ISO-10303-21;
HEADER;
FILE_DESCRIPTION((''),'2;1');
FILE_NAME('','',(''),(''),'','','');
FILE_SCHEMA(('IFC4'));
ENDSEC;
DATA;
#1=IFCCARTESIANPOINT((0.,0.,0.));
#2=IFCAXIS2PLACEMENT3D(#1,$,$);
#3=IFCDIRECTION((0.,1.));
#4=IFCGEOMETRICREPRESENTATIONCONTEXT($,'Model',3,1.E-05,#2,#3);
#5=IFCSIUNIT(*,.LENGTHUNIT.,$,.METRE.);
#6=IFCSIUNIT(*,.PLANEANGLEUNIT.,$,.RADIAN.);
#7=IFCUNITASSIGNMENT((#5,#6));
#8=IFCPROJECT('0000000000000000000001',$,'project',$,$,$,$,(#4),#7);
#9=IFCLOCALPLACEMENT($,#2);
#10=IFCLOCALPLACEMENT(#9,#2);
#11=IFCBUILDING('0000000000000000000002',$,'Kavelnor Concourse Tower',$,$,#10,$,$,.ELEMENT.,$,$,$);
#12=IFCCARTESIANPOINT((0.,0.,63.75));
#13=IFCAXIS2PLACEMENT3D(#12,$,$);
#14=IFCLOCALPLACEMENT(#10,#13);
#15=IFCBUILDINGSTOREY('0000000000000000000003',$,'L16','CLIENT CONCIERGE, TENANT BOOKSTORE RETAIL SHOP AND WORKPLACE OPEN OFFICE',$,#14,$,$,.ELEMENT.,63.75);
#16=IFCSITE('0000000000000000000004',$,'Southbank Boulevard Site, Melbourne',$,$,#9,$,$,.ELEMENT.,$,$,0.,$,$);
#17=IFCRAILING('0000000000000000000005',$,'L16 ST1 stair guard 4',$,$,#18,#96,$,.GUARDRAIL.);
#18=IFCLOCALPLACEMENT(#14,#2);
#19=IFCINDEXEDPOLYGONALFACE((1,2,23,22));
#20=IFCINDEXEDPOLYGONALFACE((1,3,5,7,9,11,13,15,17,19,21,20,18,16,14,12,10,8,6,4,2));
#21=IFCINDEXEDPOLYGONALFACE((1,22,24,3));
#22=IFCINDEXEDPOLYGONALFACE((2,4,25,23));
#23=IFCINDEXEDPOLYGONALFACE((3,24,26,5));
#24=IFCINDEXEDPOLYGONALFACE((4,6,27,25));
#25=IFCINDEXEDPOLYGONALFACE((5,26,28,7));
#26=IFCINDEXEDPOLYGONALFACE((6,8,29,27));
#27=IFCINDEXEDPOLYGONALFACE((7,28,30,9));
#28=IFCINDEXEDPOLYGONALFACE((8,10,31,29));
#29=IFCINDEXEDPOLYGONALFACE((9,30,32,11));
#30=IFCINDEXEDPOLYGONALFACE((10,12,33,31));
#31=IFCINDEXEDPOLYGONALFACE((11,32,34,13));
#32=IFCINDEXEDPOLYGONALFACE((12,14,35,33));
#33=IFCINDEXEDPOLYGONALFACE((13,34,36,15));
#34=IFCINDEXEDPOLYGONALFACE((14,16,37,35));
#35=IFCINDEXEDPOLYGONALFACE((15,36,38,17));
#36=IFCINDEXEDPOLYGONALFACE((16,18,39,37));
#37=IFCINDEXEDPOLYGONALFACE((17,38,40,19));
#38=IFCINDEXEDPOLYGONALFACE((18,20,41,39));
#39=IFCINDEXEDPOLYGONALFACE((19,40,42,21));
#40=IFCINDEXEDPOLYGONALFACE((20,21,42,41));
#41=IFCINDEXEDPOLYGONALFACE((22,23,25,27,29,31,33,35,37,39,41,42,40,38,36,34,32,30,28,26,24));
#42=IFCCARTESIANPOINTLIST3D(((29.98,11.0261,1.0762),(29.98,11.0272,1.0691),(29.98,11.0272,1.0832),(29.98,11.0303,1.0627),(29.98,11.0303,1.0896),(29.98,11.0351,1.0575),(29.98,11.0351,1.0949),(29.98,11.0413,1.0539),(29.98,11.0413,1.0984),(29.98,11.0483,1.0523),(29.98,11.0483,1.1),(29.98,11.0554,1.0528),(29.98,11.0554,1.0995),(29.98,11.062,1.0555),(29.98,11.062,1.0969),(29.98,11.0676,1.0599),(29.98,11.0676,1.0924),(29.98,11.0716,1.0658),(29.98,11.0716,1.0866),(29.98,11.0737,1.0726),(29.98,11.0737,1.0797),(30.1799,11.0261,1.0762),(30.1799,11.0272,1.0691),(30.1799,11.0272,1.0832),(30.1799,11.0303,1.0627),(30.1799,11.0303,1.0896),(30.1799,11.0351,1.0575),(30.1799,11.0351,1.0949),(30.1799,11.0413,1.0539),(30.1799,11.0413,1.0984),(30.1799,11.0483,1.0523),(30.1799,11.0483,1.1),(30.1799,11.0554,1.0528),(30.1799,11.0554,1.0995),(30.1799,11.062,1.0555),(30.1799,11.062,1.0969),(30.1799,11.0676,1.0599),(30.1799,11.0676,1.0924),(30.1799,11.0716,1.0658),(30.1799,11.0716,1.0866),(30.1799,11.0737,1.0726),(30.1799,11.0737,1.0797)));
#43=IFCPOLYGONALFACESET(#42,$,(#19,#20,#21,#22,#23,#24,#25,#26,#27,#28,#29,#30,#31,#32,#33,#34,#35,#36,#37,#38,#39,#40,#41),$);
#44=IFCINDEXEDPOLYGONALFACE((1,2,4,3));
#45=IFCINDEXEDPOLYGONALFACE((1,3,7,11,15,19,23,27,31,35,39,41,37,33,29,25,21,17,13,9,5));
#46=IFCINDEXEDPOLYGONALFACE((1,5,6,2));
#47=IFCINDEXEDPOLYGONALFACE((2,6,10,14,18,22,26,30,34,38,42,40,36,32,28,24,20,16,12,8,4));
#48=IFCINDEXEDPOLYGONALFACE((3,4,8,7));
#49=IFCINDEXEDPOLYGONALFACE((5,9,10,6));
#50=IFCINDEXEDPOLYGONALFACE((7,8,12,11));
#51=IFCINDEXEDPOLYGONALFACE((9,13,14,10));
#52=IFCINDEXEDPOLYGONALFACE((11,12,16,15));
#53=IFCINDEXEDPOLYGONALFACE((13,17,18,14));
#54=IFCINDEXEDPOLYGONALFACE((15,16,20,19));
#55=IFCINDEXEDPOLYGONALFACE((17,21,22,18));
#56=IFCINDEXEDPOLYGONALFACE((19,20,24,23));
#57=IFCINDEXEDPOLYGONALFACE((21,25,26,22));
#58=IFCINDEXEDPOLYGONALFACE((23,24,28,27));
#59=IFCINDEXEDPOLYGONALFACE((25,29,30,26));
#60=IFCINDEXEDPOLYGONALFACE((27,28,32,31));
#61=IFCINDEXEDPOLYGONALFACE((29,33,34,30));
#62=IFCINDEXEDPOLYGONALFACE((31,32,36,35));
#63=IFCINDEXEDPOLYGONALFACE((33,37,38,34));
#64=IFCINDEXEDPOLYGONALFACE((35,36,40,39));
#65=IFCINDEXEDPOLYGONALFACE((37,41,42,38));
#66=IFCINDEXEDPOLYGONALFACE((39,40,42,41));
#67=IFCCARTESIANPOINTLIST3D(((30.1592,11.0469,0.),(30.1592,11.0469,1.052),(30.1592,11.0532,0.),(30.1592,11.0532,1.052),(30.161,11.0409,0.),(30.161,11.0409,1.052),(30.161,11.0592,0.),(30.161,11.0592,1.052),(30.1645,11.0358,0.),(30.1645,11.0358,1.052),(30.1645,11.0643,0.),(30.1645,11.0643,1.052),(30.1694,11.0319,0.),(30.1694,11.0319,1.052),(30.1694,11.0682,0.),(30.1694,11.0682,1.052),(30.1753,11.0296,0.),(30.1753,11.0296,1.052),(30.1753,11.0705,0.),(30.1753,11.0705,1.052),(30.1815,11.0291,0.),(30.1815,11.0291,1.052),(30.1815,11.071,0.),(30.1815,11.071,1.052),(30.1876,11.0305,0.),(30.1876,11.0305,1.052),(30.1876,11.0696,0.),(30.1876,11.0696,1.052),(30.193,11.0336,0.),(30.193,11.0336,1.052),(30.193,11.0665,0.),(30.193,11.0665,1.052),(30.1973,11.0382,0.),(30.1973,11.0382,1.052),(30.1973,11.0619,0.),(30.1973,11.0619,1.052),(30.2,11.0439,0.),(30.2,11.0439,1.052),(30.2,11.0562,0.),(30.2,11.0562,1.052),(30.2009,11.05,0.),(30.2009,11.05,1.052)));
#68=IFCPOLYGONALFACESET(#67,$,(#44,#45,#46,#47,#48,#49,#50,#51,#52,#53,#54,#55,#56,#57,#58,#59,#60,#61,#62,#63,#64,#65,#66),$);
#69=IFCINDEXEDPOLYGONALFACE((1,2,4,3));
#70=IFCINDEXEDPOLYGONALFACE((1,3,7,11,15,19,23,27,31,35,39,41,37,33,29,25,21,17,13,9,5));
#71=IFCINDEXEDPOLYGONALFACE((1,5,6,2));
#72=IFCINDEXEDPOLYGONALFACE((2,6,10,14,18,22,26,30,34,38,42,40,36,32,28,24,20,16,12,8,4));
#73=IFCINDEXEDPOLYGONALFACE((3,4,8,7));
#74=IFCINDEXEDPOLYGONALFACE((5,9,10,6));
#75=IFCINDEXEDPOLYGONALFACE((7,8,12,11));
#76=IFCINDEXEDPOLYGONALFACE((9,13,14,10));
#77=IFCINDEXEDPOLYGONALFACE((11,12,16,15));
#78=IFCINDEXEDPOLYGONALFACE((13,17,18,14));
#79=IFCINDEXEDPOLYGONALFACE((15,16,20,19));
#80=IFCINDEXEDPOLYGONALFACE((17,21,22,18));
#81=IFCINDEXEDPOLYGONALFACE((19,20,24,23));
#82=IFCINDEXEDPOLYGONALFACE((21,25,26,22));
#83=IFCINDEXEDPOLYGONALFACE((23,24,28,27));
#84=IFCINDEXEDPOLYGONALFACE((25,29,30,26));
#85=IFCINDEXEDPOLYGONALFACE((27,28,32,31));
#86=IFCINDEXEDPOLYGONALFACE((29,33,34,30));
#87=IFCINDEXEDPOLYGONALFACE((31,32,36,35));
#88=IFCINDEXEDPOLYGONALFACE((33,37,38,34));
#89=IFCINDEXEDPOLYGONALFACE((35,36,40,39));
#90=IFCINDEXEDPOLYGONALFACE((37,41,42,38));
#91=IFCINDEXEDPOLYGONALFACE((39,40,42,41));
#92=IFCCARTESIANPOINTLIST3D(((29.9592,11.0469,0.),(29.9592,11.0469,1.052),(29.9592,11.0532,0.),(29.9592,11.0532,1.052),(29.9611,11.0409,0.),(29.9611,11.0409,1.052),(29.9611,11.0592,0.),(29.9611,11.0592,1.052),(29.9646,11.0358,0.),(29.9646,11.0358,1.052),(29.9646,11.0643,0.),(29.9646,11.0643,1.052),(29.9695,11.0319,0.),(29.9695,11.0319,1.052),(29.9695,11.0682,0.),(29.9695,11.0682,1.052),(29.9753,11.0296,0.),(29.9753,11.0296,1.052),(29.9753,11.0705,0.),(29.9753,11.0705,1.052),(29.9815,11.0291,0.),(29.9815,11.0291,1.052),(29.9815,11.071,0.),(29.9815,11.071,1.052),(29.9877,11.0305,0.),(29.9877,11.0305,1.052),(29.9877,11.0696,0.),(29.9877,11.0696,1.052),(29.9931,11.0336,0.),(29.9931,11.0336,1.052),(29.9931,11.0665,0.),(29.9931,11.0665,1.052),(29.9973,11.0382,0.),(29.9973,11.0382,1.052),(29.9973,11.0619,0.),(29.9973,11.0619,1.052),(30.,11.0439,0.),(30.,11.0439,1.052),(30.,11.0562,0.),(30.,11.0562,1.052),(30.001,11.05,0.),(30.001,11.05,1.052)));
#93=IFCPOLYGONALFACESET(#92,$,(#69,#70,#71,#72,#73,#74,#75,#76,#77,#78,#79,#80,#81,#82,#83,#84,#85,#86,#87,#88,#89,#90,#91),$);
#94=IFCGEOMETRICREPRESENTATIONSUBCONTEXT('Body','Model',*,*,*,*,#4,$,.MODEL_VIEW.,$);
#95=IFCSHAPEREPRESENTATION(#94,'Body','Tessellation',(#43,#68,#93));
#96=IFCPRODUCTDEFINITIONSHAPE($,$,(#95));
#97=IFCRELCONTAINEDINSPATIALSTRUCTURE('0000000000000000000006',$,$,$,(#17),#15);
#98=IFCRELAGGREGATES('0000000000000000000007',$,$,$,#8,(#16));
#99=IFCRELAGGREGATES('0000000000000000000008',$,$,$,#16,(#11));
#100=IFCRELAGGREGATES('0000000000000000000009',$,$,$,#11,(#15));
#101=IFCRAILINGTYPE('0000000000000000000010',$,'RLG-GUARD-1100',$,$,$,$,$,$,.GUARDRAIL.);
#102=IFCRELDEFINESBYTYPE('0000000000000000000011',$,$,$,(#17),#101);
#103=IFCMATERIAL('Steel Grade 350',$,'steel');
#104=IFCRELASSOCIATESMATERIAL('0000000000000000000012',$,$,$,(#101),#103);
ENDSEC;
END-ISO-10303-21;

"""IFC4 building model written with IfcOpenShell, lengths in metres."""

from ifc_helpers import new_model, si_unit, direction, frame, origin, origin_2d, place, context, subcontext, project, spatial, circle, extrude, material, type_object, element, save


model = new_model("IFC4")

# Units and contexts
model_context = context("Model", 3, precision=1e-05, world=origin(), true_north=direction((0.0, 1.0)))
body_context = subcontext(model_context, "Body", "Model", "MODEL_VIEW")
ifc_project = project(units=[si_unit("LENGTHUNIT", "METRE"), si_unit("PLANEANGLEUNIT", "RADIAN")], contexts=[model_context])

# Site, building, storey
site_placement = place(None, origin())
site = spatial("IfcSite", under=ifc_project, at=site_placement, Name="Southbank Boulevard Site, Melbourne", CompositionType="ELEMENT", RefElevation=0.0)
building_placement = place(site_placement, origin())
building = spatial("IfcBuilding", under=site, at=building_placement, Name="Kavelnor Concourse Tower", CompositionType="ELEMENT")
storey_placement = place(building_placement, frame((0.0, 0.0, 63.75)))
storey = spatial("IfcBuildingStorey", under=building, at=storey_placement, Name="L16", Description="CLIENT CONCIERGE, TENANT BOOKSTORE RETAIL SHOP AND WORKPLACE OPEN OFFICE", CompositionType="ELEMENT", Elevation=63.75)

# Shared definitions
ifc_material_1 = material(Name="Steel Grade 350", Category="steel")

# Railing
railing_type_1 = type_object("IfcRailingType", Name="RLG-GUARD-1100", PredefinedType="GUARDRAIL", material=ifc_material_1)
railing_1_placement = place(storey_placement, frame((30.1799, 11.05, 0.0)))
element("IfcRailing", 1, at=railing_1_placement, inside=storey, type_object=railing_type_1, Name="L16 ST1 stair guard 4", PredefinedType="GUARDRAIL", context=body_context, shape_type="SweptSolid", body=[
    extrude(circle(Radius=0.0239, at=origin_2d()), frame((0.0, 0.0, 1.0762), z_axis=(-1.0, 0.0, 0.0), x_axis=(0.0, -1.0, 0.0)), (0.0, 0.0, 1.0), 0.2),
    extrude(circle(Radius=0.021, at=origin_2d()), origin(), (0.0, 0.0, 1.0), 1.052),
    extrude(circle(Radius=0.021, at=origin_2d()), frame((-0.2, 0.0, 0.0)), (0.0, 0.0, 1.0), 1.052),
])

save(model, "model.ifc")
